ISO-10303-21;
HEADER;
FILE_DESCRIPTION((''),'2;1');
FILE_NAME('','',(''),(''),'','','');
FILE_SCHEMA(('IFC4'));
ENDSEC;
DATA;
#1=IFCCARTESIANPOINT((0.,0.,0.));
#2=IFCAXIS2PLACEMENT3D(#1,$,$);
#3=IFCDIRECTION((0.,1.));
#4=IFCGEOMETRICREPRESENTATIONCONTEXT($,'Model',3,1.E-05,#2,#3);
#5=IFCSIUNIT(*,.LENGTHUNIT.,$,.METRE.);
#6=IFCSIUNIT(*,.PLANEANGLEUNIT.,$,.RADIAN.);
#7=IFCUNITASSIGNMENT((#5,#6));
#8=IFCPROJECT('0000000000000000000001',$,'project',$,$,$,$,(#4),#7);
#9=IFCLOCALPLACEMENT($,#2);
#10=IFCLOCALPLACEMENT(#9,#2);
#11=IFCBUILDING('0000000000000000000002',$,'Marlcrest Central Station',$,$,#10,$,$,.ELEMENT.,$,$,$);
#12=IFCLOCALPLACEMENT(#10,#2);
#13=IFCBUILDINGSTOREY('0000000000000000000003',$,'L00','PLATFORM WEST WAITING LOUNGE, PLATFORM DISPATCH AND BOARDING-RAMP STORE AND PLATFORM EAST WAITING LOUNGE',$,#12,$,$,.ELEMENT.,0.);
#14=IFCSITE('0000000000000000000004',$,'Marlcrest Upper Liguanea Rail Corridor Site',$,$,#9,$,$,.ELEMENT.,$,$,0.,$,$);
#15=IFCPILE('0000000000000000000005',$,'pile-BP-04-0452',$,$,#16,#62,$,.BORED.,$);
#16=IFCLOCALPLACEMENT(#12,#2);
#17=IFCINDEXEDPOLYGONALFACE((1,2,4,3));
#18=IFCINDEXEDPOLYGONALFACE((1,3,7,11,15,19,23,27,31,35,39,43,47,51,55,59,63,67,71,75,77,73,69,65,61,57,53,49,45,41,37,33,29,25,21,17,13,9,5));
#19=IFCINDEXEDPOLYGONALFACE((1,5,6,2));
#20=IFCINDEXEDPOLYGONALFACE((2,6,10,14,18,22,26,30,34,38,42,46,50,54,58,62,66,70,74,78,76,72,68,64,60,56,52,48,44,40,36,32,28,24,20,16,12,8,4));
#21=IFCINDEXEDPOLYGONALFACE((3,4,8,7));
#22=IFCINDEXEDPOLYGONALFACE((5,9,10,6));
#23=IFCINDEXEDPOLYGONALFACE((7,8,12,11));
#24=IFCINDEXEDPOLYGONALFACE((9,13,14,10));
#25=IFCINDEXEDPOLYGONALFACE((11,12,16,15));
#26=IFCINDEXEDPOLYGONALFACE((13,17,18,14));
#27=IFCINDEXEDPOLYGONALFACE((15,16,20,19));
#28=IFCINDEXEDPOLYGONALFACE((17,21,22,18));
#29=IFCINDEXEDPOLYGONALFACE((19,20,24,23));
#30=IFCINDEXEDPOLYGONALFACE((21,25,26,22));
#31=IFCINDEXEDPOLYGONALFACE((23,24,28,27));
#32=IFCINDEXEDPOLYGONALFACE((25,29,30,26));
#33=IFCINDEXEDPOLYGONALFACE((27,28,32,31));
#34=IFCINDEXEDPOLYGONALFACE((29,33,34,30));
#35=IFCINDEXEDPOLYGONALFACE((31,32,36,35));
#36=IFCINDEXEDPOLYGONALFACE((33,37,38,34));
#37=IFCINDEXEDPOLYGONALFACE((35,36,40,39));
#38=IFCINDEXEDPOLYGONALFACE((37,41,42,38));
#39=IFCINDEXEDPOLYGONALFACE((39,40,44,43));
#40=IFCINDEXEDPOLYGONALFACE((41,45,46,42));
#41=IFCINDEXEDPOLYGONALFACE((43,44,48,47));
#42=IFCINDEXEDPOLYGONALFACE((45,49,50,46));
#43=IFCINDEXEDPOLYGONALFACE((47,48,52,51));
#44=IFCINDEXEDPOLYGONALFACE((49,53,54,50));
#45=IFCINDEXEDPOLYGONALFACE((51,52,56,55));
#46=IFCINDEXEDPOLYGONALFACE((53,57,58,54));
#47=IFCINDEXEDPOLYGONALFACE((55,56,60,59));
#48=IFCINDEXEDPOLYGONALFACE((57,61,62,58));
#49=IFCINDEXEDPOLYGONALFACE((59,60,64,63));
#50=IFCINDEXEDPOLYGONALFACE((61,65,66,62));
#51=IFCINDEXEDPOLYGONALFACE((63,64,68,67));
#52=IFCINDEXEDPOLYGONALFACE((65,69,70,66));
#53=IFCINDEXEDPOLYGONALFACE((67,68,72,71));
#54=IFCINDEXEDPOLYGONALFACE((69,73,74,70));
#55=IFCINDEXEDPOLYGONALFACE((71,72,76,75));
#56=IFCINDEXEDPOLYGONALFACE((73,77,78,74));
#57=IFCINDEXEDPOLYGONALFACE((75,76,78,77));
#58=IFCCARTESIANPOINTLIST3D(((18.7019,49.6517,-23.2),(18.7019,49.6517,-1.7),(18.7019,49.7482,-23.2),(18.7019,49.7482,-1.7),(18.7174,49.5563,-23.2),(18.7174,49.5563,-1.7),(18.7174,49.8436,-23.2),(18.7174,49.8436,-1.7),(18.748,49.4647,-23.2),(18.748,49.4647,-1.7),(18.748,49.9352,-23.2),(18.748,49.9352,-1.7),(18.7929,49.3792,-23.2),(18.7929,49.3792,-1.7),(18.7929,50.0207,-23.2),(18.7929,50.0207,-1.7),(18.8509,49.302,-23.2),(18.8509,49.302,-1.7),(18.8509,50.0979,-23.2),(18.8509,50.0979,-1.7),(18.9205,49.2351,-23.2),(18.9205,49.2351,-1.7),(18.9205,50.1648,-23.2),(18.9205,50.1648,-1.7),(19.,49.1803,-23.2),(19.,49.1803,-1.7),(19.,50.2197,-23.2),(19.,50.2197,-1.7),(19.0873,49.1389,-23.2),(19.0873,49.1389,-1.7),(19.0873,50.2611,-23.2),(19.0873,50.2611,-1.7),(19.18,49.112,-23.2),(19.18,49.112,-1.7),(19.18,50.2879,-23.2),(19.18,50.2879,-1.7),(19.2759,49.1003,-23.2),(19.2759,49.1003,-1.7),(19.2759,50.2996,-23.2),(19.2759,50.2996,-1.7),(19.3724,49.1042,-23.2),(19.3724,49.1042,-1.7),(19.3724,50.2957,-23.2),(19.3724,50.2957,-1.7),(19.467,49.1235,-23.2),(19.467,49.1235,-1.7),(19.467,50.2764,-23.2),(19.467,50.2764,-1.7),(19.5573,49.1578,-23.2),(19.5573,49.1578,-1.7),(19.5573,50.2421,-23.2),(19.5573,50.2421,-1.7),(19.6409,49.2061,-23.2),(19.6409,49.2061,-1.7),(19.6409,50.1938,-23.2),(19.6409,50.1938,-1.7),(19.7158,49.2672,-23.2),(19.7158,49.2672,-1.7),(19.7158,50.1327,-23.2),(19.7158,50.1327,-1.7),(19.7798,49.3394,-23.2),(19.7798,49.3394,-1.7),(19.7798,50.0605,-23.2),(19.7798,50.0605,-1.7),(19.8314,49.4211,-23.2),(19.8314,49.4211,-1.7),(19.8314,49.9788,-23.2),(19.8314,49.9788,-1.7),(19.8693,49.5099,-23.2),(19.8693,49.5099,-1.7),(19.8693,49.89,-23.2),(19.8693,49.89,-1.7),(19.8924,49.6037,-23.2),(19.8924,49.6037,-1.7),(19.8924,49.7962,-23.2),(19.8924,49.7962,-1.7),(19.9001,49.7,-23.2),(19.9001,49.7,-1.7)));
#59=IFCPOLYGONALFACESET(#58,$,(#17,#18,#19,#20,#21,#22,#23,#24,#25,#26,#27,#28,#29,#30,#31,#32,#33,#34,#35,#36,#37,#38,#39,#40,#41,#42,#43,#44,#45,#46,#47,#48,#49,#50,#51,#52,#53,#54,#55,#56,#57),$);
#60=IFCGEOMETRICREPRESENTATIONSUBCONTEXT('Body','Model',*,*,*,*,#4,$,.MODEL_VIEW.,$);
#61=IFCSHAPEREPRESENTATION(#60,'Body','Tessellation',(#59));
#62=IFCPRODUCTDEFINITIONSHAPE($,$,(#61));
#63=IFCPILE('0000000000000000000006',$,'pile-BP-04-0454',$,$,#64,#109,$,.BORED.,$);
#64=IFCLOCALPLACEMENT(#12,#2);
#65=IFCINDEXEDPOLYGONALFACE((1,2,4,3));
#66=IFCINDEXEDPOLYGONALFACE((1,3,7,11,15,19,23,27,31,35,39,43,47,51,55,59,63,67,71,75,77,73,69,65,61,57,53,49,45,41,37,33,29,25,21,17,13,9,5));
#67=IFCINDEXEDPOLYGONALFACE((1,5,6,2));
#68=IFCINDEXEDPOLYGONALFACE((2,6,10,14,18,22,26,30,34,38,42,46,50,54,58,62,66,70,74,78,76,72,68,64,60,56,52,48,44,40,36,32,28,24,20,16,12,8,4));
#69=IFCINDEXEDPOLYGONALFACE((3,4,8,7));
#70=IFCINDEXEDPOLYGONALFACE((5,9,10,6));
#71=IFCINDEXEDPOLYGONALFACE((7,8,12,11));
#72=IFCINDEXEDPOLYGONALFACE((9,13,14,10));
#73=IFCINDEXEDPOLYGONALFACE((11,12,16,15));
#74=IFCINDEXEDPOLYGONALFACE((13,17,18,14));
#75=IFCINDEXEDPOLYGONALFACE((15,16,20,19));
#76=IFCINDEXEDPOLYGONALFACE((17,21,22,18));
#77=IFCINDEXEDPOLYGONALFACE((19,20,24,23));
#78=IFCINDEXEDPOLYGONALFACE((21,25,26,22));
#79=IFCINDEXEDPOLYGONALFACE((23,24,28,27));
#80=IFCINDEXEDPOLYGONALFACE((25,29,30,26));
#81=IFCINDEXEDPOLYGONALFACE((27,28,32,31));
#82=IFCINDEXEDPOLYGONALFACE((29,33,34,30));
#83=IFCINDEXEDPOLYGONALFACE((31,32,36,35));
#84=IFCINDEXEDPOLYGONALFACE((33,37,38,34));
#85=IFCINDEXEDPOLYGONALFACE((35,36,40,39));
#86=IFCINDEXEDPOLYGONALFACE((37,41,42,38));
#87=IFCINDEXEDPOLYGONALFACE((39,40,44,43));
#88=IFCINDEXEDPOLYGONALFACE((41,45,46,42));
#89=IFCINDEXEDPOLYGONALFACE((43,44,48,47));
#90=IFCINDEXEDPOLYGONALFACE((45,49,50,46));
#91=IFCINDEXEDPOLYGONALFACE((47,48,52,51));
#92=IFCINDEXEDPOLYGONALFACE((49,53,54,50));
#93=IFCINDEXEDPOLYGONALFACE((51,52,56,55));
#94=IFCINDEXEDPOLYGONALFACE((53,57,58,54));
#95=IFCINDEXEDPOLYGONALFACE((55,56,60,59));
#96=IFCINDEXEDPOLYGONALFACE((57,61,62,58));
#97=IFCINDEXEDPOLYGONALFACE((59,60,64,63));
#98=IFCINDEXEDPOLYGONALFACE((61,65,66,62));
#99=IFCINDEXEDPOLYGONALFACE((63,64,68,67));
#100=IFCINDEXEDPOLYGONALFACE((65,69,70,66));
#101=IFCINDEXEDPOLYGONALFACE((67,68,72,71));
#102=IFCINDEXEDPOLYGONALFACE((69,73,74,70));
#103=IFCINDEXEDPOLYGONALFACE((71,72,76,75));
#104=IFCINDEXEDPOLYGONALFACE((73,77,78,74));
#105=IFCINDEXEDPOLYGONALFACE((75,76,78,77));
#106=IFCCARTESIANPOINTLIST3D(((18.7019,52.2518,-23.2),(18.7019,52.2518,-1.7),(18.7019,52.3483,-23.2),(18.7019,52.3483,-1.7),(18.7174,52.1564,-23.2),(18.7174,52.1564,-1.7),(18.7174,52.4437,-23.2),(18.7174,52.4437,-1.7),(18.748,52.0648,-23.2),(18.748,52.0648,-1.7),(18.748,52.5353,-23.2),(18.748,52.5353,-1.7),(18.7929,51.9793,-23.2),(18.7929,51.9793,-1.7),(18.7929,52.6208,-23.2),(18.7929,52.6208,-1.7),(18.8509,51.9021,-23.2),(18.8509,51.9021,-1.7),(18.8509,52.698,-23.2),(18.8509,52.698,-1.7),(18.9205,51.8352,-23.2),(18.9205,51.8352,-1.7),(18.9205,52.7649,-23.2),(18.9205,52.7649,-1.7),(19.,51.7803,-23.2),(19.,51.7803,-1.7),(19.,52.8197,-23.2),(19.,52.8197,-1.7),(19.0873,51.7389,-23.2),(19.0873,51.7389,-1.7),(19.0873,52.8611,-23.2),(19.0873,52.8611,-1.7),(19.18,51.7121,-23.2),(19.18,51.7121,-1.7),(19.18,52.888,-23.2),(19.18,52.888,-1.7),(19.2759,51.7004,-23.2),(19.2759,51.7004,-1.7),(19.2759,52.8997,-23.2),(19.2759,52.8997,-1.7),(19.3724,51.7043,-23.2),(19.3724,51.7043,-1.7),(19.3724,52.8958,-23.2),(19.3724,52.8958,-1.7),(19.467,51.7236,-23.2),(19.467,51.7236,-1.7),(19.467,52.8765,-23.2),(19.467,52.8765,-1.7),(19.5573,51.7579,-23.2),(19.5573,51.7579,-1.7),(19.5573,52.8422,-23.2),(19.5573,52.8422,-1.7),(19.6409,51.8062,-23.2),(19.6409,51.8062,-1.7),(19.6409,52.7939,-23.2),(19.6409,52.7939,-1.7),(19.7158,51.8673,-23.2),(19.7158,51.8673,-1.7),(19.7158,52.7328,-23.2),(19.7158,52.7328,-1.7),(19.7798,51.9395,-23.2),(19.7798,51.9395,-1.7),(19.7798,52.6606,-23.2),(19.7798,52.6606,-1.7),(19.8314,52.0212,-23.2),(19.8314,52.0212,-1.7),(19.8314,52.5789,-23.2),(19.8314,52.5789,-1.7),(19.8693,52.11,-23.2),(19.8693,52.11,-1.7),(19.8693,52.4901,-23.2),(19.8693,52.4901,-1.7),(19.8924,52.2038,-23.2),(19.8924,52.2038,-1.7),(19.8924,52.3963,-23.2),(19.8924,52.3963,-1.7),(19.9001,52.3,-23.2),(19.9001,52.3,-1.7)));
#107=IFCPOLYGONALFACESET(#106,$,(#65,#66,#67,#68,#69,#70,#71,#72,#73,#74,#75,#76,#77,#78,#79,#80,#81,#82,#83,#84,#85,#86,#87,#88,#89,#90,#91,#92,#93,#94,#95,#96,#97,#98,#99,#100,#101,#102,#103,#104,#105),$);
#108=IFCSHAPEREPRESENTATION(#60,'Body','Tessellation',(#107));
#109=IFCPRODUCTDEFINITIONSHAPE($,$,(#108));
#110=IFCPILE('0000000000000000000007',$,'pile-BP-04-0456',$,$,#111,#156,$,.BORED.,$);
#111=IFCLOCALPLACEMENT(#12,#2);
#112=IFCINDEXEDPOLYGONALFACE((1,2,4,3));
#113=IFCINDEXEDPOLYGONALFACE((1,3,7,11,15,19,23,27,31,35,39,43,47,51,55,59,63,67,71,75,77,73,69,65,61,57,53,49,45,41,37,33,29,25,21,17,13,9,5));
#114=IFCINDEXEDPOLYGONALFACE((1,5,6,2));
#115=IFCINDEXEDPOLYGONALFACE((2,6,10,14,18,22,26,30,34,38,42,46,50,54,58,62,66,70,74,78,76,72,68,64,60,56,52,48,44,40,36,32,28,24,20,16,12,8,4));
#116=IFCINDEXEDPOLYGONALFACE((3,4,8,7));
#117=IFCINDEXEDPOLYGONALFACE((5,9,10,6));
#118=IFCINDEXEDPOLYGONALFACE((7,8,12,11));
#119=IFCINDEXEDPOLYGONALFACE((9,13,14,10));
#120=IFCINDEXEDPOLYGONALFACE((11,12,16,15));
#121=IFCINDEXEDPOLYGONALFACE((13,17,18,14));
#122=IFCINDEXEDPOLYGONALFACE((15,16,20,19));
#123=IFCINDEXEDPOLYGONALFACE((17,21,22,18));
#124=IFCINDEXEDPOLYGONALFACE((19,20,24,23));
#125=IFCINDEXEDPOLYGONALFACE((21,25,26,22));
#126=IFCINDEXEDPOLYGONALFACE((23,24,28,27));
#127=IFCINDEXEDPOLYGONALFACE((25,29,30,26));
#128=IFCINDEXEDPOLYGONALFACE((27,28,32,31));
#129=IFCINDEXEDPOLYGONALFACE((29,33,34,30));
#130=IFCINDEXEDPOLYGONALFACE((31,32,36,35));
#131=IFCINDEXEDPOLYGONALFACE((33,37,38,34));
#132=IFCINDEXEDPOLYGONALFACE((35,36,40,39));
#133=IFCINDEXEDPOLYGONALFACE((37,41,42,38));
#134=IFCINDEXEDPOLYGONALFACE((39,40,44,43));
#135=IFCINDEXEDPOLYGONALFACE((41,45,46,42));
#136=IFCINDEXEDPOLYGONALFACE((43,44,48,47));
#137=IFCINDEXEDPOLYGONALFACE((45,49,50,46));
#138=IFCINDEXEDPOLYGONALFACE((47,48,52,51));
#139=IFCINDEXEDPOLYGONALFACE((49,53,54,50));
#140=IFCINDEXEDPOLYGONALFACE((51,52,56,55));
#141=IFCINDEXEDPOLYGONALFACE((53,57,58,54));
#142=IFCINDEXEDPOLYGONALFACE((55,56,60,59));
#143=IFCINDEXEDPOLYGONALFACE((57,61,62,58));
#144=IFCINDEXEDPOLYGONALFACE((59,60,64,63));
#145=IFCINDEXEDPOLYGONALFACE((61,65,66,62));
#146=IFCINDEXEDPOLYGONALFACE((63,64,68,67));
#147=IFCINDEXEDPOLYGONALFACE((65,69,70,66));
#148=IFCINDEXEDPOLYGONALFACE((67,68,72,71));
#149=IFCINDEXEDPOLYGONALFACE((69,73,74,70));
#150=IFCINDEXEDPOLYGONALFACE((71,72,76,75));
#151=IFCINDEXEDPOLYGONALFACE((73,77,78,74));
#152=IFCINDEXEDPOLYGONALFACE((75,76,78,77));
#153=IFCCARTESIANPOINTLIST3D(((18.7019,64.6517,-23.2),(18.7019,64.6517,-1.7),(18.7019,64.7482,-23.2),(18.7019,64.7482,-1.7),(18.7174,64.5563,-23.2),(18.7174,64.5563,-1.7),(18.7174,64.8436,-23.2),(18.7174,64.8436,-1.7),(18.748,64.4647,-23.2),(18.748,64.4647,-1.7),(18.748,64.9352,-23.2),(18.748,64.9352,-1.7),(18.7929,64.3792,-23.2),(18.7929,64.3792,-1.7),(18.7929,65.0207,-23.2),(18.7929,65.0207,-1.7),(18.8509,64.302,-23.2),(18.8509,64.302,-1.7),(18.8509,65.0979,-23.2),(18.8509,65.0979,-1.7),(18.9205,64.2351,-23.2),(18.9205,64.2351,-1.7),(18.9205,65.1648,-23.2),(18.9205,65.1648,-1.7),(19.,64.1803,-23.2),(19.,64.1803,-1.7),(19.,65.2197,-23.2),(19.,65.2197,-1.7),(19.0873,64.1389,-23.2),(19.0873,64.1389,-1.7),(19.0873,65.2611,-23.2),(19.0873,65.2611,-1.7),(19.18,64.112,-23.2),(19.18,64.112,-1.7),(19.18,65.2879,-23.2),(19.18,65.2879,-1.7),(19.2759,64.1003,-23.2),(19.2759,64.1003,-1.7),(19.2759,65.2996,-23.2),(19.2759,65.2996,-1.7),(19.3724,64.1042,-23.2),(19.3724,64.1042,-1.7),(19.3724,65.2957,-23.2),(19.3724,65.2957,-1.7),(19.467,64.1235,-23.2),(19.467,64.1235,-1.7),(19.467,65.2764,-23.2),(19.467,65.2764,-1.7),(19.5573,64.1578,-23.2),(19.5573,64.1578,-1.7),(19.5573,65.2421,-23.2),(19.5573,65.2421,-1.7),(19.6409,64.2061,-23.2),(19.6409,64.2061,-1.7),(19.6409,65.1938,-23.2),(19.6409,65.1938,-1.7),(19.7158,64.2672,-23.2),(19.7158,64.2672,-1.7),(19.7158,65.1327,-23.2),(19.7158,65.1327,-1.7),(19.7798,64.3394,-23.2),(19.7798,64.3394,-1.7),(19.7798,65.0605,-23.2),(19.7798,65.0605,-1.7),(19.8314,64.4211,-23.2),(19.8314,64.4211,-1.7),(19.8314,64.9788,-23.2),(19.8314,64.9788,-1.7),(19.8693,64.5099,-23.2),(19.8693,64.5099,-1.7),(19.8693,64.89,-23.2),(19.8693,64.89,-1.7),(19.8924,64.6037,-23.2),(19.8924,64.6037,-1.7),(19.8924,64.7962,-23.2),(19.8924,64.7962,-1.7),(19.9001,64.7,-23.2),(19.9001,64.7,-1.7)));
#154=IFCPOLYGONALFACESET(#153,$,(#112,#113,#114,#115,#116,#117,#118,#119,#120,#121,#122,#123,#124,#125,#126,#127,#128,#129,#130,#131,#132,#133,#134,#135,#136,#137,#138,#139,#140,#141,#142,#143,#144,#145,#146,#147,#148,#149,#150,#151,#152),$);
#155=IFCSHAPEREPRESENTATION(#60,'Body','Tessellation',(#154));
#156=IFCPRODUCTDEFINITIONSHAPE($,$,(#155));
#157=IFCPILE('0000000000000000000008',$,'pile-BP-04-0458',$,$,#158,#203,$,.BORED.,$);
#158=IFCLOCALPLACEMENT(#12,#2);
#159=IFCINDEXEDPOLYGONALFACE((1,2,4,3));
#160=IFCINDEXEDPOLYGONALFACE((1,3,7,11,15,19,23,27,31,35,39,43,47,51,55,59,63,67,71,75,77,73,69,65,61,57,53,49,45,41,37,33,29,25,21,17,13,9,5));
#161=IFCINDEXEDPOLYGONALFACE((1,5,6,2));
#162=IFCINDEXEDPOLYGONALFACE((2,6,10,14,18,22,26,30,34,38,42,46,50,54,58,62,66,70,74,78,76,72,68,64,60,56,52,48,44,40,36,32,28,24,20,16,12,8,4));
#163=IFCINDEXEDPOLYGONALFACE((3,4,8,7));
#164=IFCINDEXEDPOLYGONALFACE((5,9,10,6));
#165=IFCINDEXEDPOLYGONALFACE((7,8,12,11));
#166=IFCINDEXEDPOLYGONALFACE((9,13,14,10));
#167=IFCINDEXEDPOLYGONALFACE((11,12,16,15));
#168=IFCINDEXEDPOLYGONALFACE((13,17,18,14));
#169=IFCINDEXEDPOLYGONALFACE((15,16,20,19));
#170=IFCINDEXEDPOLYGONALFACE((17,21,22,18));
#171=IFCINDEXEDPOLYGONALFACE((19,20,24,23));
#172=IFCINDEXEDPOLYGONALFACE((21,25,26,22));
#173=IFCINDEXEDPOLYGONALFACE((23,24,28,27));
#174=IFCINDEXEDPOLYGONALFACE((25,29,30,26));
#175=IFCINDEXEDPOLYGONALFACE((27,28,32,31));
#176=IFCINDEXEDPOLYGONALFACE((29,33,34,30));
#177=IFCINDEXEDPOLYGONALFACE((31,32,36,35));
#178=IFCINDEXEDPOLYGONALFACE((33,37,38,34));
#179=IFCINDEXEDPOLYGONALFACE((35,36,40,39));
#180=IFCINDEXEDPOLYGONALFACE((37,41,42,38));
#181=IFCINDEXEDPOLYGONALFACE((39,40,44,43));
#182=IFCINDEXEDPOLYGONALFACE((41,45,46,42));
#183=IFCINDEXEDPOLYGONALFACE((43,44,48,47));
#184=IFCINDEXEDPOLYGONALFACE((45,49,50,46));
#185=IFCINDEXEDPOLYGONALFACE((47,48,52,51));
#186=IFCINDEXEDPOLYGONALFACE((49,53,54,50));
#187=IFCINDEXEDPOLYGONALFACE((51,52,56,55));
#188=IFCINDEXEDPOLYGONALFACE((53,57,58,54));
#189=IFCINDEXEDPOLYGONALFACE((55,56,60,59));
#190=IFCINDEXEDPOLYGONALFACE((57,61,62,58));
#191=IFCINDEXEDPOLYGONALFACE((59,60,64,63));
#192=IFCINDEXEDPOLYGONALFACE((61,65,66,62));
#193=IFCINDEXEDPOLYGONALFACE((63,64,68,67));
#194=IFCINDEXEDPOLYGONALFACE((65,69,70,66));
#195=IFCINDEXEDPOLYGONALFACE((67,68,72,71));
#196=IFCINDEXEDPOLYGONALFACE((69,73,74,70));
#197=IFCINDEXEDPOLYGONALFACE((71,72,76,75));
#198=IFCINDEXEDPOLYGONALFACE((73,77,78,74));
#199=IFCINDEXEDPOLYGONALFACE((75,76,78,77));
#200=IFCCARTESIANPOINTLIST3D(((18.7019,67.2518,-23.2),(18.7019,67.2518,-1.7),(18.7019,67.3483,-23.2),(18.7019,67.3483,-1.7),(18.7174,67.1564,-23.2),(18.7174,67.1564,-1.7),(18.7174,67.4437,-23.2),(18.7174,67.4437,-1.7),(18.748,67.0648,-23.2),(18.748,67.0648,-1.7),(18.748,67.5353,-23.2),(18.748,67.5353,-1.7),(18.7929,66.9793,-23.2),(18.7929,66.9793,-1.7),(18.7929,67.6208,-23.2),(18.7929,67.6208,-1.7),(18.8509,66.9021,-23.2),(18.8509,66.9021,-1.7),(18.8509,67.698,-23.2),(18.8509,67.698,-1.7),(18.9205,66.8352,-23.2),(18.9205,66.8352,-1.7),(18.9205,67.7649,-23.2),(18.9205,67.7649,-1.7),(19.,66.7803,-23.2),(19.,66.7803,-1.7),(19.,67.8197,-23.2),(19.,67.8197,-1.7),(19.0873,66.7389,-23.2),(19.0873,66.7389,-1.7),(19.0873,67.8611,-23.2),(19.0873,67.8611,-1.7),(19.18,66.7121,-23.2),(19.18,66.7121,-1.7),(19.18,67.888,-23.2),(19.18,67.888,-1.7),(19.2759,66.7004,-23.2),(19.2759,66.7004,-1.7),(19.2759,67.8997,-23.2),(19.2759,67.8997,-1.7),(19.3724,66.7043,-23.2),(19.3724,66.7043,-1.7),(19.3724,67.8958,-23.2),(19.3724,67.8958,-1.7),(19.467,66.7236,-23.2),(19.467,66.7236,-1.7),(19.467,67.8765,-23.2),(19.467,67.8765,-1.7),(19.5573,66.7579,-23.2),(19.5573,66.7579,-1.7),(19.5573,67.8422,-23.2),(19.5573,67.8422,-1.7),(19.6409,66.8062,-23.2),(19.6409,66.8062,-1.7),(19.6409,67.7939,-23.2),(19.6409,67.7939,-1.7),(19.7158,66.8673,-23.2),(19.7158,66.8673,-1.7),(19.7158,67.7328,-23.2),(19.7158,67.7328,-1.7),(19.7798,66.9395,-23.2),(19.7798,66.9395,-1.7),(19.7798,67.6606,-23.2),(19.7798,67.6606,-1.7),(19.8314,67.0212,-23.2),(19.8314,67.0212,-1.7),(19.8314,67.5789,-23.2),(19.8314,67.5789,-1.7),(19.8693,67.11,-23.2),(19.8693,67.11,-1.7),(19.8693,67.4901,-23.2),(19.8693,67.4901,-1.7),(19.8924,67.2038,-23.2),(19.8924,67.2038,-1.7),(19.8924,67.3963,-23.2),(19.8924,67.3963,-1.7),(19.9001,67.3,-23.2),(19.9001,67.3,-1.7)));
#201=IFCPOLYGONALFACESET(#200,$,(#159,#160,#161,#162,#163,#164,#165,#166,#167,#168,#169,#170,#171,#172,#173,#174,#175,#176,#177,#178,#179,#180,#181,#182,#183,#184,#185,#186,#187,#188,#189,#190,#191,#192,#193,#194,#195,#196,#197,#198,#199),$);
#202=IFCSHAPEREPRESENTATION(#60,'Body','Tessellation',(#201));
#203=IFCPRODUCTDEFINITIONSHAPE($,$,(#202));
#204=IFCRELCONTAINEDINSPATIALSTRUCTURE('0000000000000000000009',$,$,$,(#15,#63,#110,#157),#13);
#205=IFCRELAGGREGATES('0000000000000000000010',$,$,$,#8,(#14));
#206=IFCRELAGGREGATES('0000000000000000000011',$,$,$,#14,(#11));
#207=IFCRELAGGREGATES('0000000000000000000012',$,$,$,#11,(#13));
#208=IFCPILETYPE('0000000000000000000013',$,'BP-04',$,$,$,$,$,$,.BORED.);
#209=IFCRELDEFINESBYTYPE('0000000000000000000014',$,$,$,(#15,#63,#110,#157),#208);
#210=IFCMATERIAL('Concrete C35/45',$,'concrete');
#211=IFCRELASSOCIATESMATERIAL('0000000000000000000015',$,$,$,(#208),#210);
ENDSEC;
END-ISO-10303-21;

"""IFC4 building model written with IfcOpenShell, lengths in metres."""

from ifc_helpers import new_model, si_unit, direction, frame, origin, origin_2d, place, context, subcontext, project, spatial, circle, extrude, material, material_profile, profile_set, type_object, element, save


model = new_model("IFC4")

# Units and contexts
model_context = context("Model", 3, precision=1e-05, world=origin(), true_north=direction((0.0, 1.0)))
body_context = subcontext(model_context, "Body", "Model", "MODEL_VIEW")
ifc_project = project(units=[si_unit("LENGTHUNIT", "METRE"), si_unit("PLANEANGLEUNIT", "RADIAN")], contexts=[model_context])

# Site, building, storey
site_placement = place(None, origin())
site = spatial("IfcSite", under=ifc_project, at=site_placement, Name="Marlcrest Upper Liguanea Rail Corridor Site", CompositionType="ELEMENT", RefElevation=0.0)
building_placement = place(site_placement, origin())
building = spatial("IfcBuilding", under=site, at=building_placement, Name="Marlcrest Central Station", CompositionType="ELEMENT")
storey_placement = place(building_placement, origin())
storey = spatial("IfcBuildingStorey", under=building, at=storey_placement, Name="L00", Description="PLATFORM WEST WAITING LOUNGE, PLATFORM DISPATCH AND BOARDING-RAMP STORE AND PLATFORM EAST WAITING LOUNGE", CompositionType="ELEMENT", Elevation=0.0)

# Piles
ifc_material_1 = material(Name="Concrete C35/45", Category="concrete")
ifc_material_profile_1 = material_profile(ifc_material_1, circle(Radius=0.6001, at=origin_2d()), Name="PILE D1200")
ifc_profile_set_1 = profile_set([ifc_material_profile_1], Name="Concrete C35/45")
pile_type = type_object("IfcPileType", Name="BP-04", PredefinedType="BORED", material=ifc_profile_set_1)
for number, where, z_axis, x_axis, name in (
    (1, (19.3, 49.7, -1.7), (0.0, 0.0, -1.0), (1.0, 0.0, 0.0), "pile-BP-04-0452"),
    (2, (19.3, 52.3, -1.7), (0.0, 0.0, -1.0), (1.0, 0.0, 0.0), "pile-BP-04-0454"),
    (3, (19.3, 64.7, -1.7), (0.0, 0.0, -1.0), (1.0, 0.0, 0.0), "pile-BP-04-0456"),
    (4, (19.3, 67.3, -1.7), (0.0, 0.0, -1.0), (1.0, 0.0, 0.0), "pile-BP-04-0458"),
):
    element("IfcPile", number, at=place(storey_placement, frame(where, z_axis=z_axis, x_axis=x_axis)), inside=storey, type_object=pile_type, Name=name, PredefinedType="BORED", context=body_context, shape_type="SweptSolid", body=[
        extrude(circle(Radius=0.6001, at=origin_2d()), origin(), (0.0, 0.0, 1.0), 21.5),
    ])

save(model, "model.ifc")
